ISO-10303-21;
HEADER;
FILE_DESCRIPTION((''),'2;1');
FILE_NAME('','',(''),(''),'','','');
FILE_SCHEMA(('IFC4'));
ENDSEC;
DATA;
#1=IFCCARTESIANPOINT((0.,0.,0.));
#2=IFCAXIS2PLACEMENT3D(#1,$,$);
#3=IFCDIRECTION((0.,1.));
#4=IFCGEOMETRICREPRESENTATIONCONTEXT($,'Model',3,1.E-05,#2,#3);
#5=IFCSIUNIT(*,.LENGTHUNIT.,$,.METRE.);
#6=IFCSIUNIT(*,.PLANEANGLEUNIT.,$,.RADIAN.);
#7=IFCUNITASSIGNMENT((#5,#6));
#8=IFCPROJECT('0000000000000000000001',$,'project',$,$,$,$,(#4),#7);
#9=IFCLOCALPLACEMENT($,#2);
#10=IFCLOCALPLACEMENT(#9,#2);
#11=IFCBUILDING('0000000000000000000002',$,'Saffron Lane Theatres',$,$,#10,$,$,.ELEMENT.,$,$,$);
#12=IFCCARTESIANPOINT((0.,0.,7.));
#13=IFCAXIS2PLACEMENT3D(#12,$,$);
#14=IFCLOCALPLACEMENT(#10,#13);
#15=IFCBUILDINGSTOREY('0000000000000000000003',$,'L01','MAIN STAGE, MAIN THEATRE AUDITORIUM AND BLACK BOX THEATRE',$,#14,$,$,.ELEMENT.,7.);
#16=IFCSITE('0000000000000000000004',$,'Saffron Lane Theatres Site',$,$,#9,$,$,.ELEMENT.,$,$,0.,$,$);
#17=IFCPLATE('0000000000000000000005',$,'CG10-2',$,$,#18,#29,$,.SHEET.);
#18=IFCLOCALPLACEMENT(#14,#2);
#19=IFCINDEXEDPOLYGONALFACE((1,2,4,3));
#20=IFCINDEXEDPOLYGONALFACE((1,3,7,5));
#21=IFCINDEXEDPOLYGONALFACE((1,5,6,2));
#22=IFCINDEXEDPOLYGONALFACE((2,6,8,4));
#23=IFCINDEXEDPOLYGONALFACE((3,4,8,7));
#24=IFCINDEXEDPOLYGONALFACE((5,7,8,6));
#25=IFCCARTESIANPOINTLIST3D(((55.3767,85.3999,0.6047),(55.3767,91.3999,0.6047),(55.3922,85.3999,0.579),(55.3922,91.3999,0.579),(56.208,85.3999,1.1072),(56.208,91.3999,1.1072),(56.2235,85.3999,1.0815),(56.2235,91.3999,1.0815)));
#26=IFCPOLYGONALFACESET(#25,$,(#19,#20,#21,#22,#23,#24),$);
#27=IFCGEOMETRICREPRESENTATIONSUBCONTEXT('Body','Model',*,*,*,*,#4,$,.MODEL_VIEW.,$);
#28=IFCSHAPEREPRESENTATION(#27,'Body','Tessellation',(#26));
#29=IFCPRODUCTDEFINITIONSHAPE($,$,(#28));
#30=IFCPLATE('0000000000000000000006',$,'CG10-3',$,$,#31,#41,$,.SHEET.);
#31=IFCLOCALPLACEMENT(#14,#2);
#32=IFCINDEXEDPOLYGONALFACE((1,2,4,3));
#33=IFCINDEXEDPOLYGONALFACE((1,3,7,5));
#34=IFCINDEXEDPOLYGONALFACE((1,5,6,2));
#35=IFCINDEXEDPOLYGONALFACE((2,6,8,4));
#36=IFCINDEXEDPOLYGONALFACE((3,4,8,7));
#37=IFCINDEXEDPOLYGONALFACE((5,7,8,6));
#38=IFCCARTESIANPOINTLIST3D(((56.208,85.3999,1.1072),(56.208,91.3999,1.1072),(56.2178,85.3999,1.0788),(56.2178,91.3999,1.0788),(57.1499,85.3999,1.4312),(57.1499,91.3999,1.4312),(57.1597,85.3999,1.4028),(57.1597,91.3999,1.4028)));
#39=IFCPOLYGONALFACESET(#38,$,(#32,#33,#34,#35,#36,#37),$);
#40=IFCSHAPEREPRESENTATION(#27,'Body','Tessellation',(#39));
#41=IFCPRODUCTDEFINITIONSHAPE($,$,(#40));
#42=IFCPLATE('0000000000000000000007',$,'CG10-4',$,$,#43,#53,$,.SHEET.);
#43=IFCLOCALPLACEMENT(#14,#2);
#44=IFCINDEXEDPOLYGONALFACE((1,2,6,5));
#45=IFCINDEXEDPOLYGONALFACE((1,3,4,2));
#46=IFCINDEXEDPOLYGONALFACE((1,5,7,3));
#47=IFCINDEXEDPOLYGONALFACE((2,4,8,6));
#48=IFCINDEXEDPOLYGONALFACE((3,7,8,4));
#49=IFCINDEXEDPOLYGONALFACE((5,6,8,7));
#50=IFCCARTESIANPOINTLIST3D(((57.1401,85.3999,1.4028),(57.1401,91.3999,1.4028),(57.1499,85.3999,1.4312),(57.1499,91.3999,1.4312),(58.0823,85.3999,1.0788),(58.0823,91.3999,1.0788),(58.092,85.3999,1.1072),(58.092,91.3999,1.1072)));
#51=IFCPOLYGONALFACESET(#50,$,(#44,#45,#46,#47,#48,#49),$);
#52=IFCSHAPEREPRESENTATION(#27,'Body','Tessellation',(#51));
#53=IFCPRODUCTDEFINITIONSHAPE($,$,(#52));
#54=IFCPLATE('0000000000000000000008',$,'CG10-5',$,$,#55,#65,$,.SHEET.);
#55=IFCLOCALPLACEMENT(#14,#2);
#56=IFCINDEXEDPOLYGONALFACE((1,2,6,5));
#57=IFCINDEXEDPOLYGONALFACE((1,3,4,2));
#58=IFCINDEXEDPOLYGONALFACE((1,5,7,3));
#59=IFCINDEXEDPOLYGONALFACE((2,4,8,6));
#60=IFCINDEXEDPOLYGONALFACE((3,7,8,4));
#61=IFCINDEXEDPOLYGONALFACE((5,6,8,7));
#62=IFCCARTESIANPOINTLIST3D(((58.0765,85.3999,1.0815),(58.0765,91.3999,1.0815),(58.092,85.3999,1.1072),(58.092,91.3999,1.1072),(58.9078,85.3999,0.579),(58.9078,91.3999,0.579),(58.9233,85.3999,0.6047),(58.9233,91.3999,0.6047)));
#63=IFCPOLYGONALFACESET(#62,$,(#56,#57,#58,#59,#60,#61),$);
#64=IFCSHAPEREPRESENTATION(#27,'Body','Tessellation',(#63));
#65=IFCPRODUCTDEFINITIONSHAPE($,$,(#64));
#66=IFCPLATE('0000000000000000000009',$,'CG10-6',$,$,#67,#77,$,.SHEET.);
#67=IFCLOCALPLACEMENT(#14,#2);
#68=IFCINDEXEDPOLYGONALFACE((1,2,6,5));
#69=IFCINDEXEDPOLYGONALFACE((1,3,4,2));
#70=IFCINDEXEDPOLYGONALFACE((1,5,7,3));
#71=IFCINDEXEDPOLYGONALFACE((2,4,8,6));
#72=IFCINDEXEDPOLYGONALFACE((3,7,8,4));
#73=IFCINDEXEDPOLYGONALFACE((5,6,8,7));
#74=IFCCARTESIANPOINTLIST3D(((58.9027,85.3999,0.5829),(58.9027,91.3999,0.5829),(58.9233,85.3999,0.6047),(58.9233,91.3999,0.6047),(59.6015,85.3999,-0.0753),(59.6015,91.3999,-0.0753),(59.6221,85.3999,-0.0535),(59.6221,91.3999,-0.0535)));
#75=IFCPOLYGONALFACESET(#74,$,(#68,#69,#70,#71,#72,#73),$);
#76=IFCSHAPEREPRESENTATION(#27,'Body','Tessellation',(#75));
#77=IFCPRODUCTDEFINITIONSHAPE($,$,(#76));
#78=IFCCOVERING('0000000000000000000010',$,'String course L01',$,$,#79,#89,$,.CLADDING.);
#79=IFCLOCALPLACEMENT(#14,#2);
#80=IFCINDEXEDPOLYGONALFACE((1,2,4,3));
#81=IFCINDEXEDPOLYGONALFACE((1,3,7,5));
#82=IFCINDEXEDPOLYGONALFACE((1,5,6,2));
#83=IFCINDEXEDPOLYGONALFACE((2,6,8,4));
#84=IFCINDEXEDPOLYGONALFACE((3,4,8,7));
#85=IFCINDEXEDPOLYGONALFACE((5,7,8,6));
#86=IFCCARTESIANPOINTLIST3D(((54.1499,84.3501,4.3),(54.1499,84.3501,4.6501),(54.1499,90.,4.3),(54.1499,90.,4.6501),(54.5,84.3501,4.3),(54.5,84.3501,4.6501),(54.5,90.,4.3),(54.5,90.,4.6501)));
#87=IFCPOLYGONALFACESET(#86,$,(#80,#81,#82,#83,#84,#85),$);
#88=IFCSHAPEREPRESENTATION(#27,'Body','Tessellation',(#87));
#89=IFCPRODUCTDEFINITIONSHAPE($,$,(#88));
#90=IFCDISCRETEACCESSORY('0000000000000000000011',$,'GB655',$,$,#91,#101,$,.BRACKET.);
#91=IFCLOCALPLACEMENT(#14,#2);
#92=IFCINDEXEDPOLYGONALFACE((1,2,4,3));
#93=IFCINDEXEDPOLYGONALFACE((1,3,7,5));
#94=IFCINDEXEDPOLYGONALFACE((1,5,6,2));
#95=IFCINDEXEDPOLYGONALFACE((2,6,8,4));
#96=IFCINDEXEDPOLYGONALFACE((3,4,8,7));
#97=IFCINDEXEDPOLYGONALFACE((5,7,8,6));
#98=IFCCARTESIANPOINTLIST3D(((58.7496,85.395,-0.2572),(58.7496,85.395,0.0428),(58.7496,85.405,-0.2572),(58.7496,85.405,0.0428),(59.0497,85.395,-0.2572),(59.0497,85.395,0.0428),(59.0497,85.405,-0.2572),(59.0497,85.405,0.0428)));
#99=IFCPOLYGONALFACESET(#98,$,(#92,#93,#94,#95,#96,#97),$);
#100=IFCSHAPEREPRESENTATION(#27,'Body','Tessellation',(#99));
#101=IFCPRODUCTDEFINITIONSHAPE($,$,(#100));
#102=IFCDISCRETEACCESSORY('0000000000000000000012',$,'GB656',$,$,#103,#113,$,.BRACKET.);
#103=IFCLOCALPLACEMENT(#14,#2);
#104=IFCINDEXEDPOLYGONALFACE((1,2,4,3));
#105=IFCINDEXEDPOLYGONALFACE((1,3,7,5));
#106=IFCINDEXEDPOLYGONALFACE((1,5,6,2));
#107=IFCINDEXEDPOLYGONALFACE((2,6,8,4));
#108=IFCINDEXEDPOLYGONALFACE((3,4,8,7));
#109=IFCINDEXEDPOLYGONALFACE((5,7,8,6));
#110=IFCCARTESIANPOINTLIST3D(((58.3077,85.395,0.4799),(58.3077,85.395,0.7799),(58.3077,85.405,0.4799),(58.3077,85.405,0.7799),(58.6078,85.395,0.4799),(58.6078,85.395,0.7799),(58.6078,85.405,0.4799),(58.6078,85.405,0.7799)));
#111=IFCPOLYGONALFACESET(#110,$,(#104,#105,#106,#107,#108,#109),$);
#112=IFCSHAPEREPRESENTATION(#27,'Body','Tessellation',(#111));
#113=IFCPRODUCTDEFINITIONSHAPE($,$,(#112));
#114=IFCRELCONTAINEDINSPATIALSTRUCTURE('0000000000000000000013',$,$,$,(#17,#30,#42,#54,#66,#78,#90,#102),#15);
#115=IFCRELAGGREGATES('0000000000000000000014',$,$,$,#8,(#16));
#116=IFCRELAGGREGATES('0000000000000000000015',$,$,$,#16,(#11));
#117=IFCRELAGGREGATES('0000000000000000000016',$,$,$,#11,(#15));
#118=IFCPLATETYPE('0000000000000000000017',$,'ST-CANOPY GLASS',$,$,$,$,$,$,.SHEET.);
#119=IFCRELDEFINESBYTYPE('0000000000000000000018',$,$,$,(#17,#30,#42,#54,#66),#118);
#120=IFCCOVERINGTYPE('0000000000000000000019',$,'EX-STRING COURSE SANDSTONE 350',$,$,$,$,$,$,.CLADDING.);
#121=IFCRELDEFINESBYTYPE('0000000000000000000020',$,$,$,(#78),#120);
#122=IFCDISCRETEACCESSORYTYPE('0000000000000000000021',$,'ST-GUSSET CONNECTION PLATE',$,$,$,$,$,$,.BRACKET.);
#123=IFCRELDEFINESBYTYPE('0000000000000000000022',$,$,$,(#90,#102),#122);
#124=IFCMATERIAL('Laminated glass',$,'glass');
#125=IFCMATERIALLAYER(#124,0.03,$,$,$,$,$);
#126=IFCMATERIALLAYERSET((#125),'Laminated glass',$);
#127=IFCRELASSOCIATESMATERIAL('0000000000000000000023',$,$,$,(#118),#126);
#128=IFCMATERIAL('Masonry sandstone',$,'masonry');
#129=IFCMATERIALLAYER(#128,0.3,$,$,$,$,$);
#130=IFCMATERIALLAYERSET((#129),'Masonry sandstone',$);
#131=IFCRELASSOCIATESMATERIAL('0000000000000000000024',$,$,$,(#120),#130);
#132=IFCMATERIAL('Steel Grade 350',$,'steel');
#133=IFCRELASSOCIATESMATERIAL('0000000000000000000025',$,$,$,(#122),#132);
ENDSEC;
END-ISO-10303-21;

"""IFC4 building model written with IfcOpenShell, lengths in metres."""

from ifc_helpers import new_model, si_unit, direction, frame, origin, origin_2d, place, context, subcontext, project, spatial, polyline, rectangle, outline, extrude, material, layer, layer_set, material_profile, profile_set, type_object, element, save


model = new_model("IFC4")

# Units and contexts
model_context = context("Model", 3, precision=1e-05, world=origin(), true_north=direction((0.0, 1.0)))
body_context = subcontext(model_context, "Body", "Model", "MODEL_VIEW")
ifc_project = project(units=[si_unit("LENGTHUNIT", "METRE"), si_unit("PLANEANGLEUNIT", "RADIAN")], contexts=[model_context])

# Site, building, storey
site_placement = place(None, origin())
site = spatial("IfcSite", under=ifc_project, at=site_placement, Name="Saffron Lane Theatres Site", CompositionType="ELEMENT", RefElevation=0.0)
building_placement = place(site_placement, origin())
building = spatial("IfcBuilding", under=site, at=building_placement, Name="Saffron Lane Theatres", CompositionType="ELEMENT")
storey_placement = place(building_placement, frame((0.0, 0.0, 7.0)))
storey = spatial("IfcBuildingStorey", under=building, at=storey_placement, Name="L01", Description="MAIN STAGE, MAIN THEATRE AUDITORIUM AND BLACK BOX THEATRE", CompositionType="ELEMENT", Elevation=7.0)

# Plates
ifc_material_1 = material(Name="Laminated glass", Category="glass")
ifc_layer_1 = layer(ifc_material_1, 0.03)
ifc_layer_set_1 = layer_set([ifc_layer_1], Name="Laminated glass")
plate_type_1 = type_object("IfcPlateType", Name="ST-CANOPY GLASS", PredefinedType="SHEET", material=ifc_layer_set_1)
plate_1_placement = place(storey_placement, frame((55.3767, 85.3999, 0.6047), z_axis=(-0.517265, 0.0, 0.855825), x_axis=(0.855825, 0.0, 0.517265)))
element("IfcPlate", 1, at=plate_1_placement, inside=storey, type_object=plate_type_1, Name="CG10-2", PredefinedType="SHEET", context=body_context, shape_type="SweptSolid", body=[
    extrude(outline(polyline([(0.0, 0.0), (0.9713, 0.0), (0.9713, 6.0), (0.0, 6.0), (0.0, 0.0)])), origin(), (0.0, 0.0, -1.0), 0.03),
])
plate_2_placement = place(storey_placement, frame((56.208, 85.3999, 1.1072), z_axis=(-0.325258, 0.0, 0.945625), x_axis=(0.945625, 0.0, 0.325258)))
element("IfcPlate", 2, at=plate_2_placement, inside=storey, type_object=plate_type_1, Name="CG10-3", PredefinedType="SHEET", context=body_context, shape_type="SweptSolid", body=[
    extrude(outline(polyline([(0.0, 0.0), (0.9961, 0.0), (0.9961, 6.0), (0.0, 6.0), (0.0, 0.0)])), origin(), (0.0, 0.0, -1.0), 0.03),
])
plate_3_placement = place(storey_placement, frame((57.1499, 85.3999, 1.4312), z_axis=(0.325182, 0.0, 0.945651), x_axis=(0.945651, 0.0, -0.325182)))
element("IfcPlate", 3, at=plate_3_placement, inside=storey, type_object=plate_type_1, Name="CG10-4", PredefinedType="SHEET", context=body_context, shape_type="SweptSolid", body=[
    extrude(outline(polyline([(0.0, 0.0), (0.9963, 0.0), (0.9963, 6.0), (0.0, 6.0), (0.0, 0.0)])), origin(), (0.0, 0.0, -1.0), 0.03),
])
plate_4_placement = place(storey_placement, frame((58.092, 85.3999, 1.1072), z_axis=(0.517265, 0.0, 0.855825), x_axis=(0.855825, 0.0, -0.517265)))
element("IfcPlate", 4, at=plate_4_placement, inside=storey, type_object=plate_type_1, Name="CG10-5", PredefinedType="SHEET", context=body_context, shape_type="SweptSolid", body=[
    extrude(outline(polyline([(0.0, 0.0), (0.9713, 0.0), (0.9713, 6.0), (0.0, 6.0), (0.0, 0.0)])), origin(), (0.0, 0.0, -1.0), 0.03),
])
plate_5_placement = place(storey_placement, frame((58.9233, 85.3999, 0.6047), z_axis=(0.685682, 0.0, 0.727901), x_axis=(0.727901, 0.0, -0.685682)))
element("IfcPlate", 5, at=plate_5_placement, inside=storey, type_object=plate_type_1, Name="CG10-6", PredefinedType="SHEET", context=body_context, shape_type="SweptSolid", body=[
    extrude(outline(polyline([(0.0, 0.0), (0.9599, 0.0), (0.9599, 6.0), (0.0, 6.0), (0.0, 0.0)])), origin(), (0.0, 0.0, -1.0), 0.03),
])

# Covering
ifc_material_2 = material(Name="Masonry sandstone", Category="masonry")
ifc_layer_2 = layer(ifc_material_2, 0.3)
ifc_layer_set_2 = layer_set([ifc_layer_2], Name="Masonry sandstone")
covering_type = type_object("IfcCoveringType", Name="EX-STRING COURSE SANDSTONE 350", PredefinedType="CLADDING", material=ifc_layer_set_2)
covering_placement = place(storey_placement, frame((54.325, 87.175, 4.3), z_axis=(0.0, 0.0, 1.0), x_axis=(0.0, -1.0, 0.0)))
element("IfcCovering", 6, at=covering_placement, inside=storey, type_object=covering_type, Name="String course L01", PredefinedType="CLADDING", context=body_context, shape_type="SweptSolid", body=[
    extrude(rectangle(XDim=5.6499, YDim=0.3501, at=origin_2d()), origin(), (0.0, 0.0, 1.0), 0.3501),
])

# Discrete accessories
ifc_material_3 = material(Name="Steel Grade 350", Category="steel")
ifc_material_profile_1 = material_profile(ifc_material_3, rectangle(XDim=0.3, YDim=0.3, at=origin_2d()))
ifc_profile_set_1 = profile_set([ifc_material_profile_1], Name="Steel Grade 350")
discrete_accessory_type = type_object("IfcDiscreteAccessoryType", Name="ST-GUSSET CONNECTION PLATE", PredefinedType="BRACKET", material=ifc_profile_set_1)
for number, where, z_axis, x_axis, name in (
    (7, (58.8997, 85.395, -0.1072), (0.0, 1.0, 0.0), (-1.0, 0.0, 0.0), "GB655"),
    (8, (58.4578, 85.395, 0.6299), (0.0, 1.0, 0.0), (-1.0, 0.0, 0.0), "GB656"),
):
    element("IfcDiscreteAccessory", number, at=place(storey_placement, frame(where, z_axis=z_axis, x_axis=x_axis)), inside=storey, type_object=discrete_accessory_type, Name=name, PredefinedType="BRACKET", context=body_context, shape_type="SweptSolid", body=[
        extrude(rectangle(XDim=0.3, YDim=0.3, at=origin_2d()), origin(), (0.0, 0.0, 1.0), 0.01),
    ])

save(model, "model.ifc")
